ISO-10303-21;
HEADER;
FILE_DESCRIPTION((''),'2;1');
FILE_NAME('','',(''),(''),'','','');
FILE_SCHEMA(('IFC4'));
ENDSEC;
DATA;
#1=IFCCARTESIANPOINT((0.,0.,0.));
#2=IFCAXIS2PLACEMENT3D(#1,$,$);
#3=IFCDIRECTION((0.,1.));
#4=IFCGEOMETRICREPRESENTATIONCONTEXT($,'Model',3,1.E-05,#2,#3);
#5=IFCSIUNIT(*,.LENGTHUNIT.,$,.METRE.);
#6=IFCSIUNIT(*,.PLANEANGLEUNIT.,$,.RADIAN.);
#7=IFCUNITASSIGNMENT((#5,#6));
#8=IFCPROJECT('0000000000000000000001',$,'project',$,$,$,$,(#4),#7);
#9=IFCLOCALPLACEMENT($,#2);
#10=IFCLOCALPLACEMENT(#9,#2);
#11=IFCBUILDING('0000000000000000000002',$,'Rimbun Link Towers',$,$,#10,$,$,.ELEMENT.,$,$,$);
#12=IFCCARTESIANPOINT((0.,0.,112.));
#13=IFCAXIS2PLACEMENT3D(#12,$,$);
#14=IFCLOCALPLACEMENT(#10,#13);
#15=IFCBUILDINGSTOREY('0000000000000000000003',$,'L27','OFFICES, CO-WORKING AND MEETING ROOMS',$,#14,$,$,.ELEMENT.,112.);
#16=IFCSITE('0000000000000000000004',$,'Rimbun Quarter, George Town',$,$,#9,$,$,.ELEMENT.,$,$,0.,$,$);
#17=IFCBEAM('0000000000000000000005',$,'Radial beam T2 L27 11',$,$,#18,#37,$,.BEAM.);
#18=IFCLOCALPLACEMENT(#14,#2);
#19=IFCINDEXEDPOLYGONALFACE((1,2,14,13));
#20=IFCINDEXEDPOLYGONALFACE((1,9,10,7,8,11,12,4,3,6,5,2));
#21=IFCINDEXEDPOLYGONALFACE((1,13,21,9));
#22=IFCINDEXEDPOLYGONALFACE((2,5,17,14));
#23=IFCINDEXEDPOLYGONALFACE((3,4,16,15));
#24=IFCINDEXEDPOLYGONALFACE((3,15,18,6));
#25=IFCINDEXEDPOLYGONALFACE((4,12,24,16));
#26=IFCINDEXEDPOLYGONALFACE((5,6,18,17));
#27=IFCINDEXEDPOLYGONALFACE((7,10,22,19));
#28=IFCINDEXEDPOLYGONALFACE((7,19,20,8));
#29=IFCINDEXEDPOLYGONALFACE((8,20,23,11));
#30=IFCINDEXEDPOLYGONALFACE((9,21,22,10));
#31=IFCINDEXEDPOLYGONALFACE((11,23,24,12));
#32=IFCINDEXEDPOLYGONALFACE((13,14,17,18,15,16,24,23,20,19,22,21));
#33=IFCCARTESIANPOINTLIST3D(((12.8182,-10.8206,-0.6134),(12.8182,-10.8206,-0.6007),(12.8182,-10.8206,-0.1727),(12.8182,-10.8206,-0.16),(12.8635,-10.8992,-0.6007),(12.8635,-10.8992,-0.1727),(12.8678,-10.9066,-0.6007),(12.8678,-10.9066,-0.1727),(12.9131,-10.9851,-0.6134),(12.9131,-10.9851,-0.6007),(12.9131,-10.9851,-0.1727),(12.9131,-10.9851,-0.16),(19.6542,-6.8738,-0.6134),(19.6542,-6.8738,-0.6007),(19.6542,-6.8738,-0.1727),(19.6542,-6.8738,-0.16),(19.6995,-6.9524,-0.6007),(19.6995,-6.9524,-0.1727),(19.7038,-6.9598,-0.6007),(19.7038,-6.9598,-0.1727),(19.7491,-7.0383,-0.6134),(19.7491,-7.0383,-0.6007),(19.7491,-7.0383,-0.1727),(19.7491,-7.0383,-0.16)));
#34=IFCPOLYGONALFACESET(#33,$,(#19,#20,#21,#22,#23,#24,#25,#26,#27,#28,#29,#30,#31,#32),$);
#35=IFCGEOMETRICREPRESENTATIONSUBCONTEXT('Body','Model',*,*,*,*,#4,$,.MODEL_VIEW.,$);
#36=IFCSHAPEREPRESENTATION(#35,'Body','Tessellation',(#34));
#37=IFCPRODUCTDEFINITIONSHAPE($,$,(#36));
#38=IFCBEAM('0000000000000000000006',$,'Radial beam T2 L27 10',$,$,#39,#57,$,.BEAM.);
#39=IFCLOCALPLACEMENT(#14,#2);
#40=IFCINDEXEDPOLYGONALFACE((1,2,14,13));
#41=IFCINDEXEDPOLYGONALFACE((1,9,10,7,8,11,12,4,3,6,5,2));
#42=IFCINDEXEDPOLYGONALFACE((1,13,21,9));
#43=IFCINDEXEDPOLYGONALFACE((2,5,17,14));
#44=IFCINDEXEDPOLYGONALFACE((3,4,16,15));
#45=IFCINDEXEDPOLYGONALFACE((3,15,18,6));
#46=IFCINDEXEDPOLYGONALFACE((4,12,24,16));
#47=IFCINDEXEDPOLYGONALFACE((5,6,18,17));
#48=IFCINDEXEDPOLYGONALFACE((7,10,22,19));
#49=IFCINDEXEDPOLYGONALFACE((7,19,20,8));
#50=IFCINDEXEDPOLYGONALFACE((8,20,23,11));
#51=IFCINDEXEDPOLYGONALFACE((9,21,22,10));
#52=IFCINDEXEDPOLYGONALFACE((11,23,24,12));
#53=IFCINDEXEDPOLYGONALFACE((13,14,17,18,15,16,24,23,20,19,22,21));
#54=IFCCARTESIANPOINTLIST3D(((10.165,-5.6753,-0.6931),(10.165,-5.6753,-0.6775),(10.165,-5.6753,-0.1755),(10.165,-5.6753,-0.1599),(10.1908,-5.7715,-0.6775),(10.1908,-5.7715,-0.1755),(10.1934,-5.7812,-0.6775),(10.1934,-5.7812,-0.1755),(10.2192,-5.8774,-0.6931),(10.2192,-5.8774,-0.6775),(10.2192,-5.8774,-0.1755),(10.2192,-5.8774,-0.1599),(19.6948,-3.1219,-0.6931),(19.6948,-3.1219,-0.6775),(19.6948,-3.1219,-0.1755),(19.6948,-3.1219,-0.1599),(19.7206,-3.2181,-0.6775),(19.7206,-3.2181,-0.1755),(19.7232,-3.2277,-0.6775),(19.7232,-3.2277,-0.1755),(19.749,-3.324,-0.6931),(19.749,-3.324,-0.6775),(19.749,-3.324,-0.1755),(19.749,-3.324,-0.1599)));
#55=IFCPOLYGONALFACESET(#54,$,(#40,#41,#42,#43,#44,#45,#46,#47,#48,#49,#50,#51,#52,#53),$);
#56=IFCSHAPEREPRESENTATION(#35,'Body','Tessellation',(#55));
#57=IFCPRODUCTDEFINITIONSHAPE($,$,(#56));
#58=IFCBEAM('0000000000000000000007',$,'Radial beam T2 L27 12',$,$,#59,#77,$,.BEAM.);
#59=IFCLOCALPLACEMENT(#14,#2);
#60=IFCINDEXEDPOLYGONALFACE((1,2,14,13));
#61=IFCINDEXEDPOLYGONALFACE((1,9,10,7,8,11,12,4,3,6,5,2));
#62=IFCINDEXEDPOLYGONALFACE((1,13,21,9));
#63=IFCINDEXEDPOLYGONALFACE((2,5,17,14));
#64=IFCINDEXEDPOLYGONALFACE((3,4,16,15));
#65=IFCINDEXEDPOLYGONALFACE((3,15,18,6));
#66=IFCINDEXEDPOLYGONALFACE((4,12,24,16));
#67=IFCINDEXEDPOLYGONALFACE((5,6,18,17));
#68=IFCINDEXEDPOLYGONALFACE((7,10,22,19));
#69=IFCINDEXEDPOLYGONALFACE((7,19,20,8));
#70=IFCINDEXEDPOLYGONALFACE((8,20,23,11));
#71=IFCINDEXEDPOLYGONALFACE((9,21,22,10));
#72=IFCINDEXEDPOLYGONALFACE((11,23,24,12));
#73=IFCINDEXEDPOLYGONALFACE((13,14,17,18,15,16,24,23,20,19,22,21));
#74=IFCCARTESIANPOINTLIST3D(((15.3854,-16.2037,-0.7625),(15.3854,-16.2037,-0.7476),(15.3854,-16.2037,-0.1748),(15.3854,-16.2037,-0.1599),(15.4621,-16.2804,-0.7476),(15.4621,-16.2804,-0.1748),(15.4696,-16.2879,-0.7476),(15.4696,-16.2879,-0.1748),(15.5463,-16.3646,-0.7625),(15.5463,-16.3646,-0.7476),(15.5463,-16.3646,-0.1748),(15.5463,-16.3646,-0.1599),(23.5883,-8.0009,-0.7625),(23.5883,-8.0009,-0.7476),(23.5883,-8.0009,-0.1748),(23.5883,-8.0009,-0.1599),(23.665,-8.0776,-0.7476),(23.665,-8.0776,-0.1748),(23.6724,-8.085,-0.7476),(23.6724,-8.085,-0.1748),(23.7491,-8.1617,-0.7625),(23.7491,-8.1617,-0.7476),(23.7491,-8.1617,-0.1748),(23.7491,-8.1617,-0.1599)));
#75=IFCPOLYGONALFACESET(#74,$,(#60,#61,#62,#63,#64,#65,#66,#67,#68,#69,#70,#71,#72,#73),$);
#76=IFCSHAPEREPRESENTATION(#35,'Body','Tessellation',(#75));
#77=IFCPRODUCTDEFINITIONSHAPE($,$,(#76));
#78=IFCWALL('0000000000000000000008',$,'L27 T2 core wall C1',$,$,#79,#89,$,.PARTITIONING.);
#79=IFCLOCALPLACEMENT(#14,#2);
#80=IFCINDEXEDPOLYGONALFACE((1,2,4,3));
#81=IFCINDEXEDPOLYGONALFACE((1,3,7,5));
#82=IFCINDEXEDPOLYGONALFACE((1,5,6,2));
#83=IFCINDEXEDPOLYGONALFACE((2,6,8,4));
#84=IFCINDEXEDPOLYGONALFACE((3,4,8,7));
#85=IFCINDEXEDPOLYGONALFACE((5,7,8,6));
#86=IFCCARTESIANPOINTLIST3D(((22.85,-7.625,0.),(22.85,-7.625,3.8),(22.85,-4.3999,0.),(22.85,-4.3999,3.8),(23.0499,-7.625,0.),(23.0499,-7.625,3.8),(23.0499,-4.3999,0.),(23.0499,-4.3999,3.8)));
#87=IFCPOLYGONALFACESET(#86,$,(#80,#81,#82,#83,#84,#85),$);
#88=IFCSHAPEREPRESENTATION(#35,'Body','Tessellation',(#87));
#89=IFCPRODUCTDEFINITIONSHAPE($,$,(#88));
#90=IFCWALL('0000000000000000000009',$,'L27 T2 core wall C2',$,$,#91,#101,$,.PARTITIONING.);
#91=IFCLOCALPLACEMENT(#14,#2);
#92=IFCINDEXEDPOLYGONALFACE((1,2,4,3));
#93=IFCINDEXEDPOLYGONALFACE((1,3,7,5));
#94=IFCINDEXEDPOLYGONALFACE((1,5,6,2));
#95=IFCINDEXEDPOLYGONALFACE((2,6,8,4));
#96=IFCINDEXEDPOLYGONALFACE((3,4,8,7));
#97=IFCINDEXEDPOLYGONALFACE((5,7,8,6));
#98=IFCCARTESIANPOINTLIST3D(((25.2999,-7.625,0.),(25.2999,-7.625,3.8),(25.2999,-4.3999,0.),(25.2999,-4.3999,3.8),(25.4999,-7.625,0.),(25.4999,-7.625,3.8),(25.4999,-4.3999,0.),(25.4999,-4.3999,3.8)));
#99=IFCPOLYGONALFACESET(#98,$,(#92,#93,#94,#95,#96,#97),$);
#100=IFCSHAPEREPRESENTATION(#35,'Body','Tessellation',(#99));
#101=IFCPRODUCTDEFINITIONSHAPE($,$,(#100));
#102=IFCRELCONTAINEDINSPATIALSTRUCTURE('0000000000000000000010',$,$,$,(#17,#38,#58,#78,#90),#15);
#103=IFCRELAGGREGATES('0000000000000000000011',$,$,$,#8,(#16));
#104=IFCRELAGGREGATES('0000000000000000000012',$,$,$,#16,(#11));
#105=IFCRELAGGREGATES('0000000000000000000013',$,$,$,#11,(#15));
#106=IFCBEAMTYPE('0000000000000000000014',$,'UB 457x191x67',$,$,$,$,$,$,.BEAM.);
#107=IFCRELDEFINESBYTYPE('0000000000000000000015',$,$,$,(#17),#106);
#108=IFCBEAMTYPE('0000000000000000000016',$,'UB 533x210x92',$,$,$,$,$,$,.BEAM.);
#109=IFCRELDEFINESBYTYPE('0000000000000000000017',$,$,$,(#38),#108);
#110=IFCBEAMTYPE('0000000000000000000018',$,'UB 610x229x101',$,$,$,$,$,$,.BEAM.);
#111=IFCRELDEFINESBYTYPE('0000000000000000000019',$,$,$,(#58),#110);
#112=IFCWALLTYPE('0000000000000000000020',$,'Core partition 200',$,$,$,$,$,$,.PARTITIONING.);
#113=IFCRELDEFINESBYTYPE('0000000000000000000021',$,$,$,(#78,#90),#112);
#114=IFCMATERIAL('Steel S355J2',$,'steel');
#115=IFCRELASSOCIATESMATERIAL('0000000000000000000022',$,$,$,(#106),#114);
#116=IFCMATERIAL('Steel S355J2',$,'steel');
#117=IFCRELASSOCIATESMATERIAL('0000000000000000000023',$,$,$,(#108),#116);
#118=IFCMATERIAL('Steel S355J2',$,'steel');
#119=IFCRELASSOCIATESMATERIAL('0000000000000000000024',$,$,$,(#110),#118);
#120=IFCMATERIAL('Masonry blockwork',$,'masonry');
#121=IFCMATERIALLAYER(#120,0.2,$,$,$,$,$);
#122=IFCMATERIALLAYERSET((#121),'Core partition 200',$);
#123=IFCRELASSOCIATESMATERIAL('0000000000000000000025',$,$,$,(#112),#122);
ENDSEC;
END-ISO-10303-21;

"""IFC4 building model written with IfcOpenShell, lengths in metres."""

from ifc_helpers import new_model, si_unit, direction, frame, frame_2d, origin, origin_2d, place, context, subcontext, project, spatial, rectangle, i_section, extrude, material, layer, layer_set, material_profile, profile_set, type_object, element, save


model = new_model("IFC4")

# Units and contexts
model_context = context("Model", 3, precision=1e-05, world=origin(), true_north=direction((0.0, 1.0)))
body_context = subcontext(model_context, "Body", "Model", "MODEL_VIEW")
ifc_project = project(units=[si_unit("LENGTHUNIT", "METRE"), si_unit("PLANEANGLEUNIT", "RADIAN")], contexts=[model_context])

# Site, building, storey
site_placement = place(None, origin())
site = spatial("IfcSite", under=ifc_project, at=site_placement, Name="Rimbun Quarter, George Town", CompositionType="ELEMENT", RefElevation=0.0)
building_placement = place(site_placement, origin())
building = spatial("IfcBuilding", under=site, at=building_placement, Name="Rimbun Link Towers", CompositionType="ELEMENT")
storey_placement = place(building_placement, frame((0.0, 0.0, 112.0)))
storey = spatial("IfcBuildingStorey", under=building, at=storey_placement, Name="L27", Description="OFFICES, CO-WORKING AND MEETING ROOMS", CompositionType="ELEMENT", Elevation=112.0)

# Beams
ifc_material_1 = material(Name="Steel S355J2", Category="steel")
ifc_material_profile_1 = material_profile(ifc_material_1, i_section(OverallWidth=0.1899, OverallDepth=0.4534, WebThickness=0.0085, FlangeThickness=0.0127, at=origin_2d()), Name="UB 457x191x67")
ifc_profile_set_1 = profile_set([ifc_material_profile_1], Name="Steel S355J2")
beam_type_1 = type_object("IfcBeamType", Name="UB 457x191x67", PredefinedType="BEAM", material=ifc_profile_set_1)
beam_1_placement = place(storey_placement, frame((19.7017, -6.9561, -0.3867), z_axis=(-0.866023, -0.500004, 0.0), x_axis=(0.500004, -0.866023, 0.0)))
element("IfcBeam", 1, at=beam_1_placement, inside=storey, type_object=beam_type_1, Name="Radial beam T2 L27 11", PredefinedType="BEAM", context=body_context, shape_type="SweptSolid", body=[
    extrude(i_section(OverallWidth=0.1899, OverallDepth=0.4534, WebThickness=0.0085, FlangeThickness=0.0127, at=origin_2d()), origin(), (0.0, 0.0, 1.0), 7.8936),
])
ifc_material_2 = material(Name="Steel S355J2", Category="steel")
ifc_material_profile_2 = material_profile(ifc_material_2, i_section(OverallWidth=0.2092, OverallDepth=0.5332, WebThickness=0.01, FlangeThickness=0.0156, at=origin_2d()), Name="UB 533x210x92")
ifc_profile_set_2 = profile_set([ifc_material_profile_2], Name="Steel S355J2")
beam_type_2 = type_object("IfcBeamType", Name="UB 533x210x92", PredefinedType="BEAM", material=ifc_profile_set_2)
beam_2_placement = place(storey_placement, frame((19.7219, -3.2229, -0.4265), z_axis=(-0.965927, -0.258816, 0.0), x_axis=(0.258816, -0.965927, 0.0)))
element("IfcBeam", 2, at=beam_2_placement, inside=storey, type_object=beam_type_2, Name="Radial beam T2 L27 10", PredefinedType="BEAM", context=body_context, shape_type="SweptSolid", body=[
    extrude(i_section(OverallWidth=0.2092, OverallDepth=0.5332, WebThickness=0.01, FlangeThickness=0.0156, at=origin_2d()), origin(), (0.0, 0.0, 1.0), 9.866),
])
ifc_material_3 = material(Name="Steel S355J2", Category="steel")
ifc_material_profile_3 = material_profile(ifc_material_3, i_section(OverallWidth=0.2275, OverallDepth=0.6025, WebThickness=0.0105, FlangeThickness=0.0149, at=origin_2d()), Name="UB 610x229x101")
ifc_profile_set_3 = profile_set([ifc_material_profile_3], Name="Steel S355J2")
beam_type_3 = type_object("IfcBeamType", Name="UB 610x229x101", PredefinedType="BEAM", material=ifc_profile_set_3)
beam_3_placement = place(storey_placement, frame((23.6687, -8.0813, -0.4612), z_axis=(-0.707107, -0.707107, 0.0), x_axis=(0.707107, -0.707107, 0.0)))
element("IfcBeam", 3, at=beam_3_placement, inside=storey, type_object=beam_type_3, Name="Radial beam T2 L27 12", PredefinedType="BEAM", context=body_context, shape_type="SweptSolid", body=[
    extrude(i_section(OverallWidth=0.2275, OverallDepth=0.6025, WebThickness=0.0105, FlangeThickness=0.0149, at=origin_2d()), origin(), (0.0, 0.0, 1.0), 11.6006),
])

# Walls
ifc_material_4 = material(Name="Masonry blockwork", Category="masonry")
ifc_layer_1 = layer(ifc_material_4, 0.2)
ifc_layer_set_1 = layer_set([ifc_layer_1], Name="Core partition 200")
wall_type_1 = type_object("IfcWallType", Name="Core partition 200", PredefinedType="PARTITIONING", material=ifc_layer_set_1)
for number, where, z_axis, x_axis, name in (
    (4, (22.95, -4.3999, 0.0), (0.0, 0.0, 1.0), (0.0, -1.0, 0.0), "L27 T2 core wall C1"),
    (5, (25.3999, -4.3999, 0.0), (0.0, 0.0, 1.0), (0.0, -1.0, 0.0), "L27 T2 core wall C2"),
):
    element("IfcWall", number, at=place(storey_placement, frame(where, z_axis=z_axis, x_axis=x_axis)), inside=storey, type_object=wall_type_1, Name=name, PredefinedType="PARTITIONING", context=body_context, shape_type="SweptSolid", body=[
        extrude(rectangle(XDim=3.2251, YDim=0.2, at=frame_2d((1.6125, 0.0))), origin(), (0.0, 0.0, 1.0), 3.8),
    ])

save(model, "model.ifc")
